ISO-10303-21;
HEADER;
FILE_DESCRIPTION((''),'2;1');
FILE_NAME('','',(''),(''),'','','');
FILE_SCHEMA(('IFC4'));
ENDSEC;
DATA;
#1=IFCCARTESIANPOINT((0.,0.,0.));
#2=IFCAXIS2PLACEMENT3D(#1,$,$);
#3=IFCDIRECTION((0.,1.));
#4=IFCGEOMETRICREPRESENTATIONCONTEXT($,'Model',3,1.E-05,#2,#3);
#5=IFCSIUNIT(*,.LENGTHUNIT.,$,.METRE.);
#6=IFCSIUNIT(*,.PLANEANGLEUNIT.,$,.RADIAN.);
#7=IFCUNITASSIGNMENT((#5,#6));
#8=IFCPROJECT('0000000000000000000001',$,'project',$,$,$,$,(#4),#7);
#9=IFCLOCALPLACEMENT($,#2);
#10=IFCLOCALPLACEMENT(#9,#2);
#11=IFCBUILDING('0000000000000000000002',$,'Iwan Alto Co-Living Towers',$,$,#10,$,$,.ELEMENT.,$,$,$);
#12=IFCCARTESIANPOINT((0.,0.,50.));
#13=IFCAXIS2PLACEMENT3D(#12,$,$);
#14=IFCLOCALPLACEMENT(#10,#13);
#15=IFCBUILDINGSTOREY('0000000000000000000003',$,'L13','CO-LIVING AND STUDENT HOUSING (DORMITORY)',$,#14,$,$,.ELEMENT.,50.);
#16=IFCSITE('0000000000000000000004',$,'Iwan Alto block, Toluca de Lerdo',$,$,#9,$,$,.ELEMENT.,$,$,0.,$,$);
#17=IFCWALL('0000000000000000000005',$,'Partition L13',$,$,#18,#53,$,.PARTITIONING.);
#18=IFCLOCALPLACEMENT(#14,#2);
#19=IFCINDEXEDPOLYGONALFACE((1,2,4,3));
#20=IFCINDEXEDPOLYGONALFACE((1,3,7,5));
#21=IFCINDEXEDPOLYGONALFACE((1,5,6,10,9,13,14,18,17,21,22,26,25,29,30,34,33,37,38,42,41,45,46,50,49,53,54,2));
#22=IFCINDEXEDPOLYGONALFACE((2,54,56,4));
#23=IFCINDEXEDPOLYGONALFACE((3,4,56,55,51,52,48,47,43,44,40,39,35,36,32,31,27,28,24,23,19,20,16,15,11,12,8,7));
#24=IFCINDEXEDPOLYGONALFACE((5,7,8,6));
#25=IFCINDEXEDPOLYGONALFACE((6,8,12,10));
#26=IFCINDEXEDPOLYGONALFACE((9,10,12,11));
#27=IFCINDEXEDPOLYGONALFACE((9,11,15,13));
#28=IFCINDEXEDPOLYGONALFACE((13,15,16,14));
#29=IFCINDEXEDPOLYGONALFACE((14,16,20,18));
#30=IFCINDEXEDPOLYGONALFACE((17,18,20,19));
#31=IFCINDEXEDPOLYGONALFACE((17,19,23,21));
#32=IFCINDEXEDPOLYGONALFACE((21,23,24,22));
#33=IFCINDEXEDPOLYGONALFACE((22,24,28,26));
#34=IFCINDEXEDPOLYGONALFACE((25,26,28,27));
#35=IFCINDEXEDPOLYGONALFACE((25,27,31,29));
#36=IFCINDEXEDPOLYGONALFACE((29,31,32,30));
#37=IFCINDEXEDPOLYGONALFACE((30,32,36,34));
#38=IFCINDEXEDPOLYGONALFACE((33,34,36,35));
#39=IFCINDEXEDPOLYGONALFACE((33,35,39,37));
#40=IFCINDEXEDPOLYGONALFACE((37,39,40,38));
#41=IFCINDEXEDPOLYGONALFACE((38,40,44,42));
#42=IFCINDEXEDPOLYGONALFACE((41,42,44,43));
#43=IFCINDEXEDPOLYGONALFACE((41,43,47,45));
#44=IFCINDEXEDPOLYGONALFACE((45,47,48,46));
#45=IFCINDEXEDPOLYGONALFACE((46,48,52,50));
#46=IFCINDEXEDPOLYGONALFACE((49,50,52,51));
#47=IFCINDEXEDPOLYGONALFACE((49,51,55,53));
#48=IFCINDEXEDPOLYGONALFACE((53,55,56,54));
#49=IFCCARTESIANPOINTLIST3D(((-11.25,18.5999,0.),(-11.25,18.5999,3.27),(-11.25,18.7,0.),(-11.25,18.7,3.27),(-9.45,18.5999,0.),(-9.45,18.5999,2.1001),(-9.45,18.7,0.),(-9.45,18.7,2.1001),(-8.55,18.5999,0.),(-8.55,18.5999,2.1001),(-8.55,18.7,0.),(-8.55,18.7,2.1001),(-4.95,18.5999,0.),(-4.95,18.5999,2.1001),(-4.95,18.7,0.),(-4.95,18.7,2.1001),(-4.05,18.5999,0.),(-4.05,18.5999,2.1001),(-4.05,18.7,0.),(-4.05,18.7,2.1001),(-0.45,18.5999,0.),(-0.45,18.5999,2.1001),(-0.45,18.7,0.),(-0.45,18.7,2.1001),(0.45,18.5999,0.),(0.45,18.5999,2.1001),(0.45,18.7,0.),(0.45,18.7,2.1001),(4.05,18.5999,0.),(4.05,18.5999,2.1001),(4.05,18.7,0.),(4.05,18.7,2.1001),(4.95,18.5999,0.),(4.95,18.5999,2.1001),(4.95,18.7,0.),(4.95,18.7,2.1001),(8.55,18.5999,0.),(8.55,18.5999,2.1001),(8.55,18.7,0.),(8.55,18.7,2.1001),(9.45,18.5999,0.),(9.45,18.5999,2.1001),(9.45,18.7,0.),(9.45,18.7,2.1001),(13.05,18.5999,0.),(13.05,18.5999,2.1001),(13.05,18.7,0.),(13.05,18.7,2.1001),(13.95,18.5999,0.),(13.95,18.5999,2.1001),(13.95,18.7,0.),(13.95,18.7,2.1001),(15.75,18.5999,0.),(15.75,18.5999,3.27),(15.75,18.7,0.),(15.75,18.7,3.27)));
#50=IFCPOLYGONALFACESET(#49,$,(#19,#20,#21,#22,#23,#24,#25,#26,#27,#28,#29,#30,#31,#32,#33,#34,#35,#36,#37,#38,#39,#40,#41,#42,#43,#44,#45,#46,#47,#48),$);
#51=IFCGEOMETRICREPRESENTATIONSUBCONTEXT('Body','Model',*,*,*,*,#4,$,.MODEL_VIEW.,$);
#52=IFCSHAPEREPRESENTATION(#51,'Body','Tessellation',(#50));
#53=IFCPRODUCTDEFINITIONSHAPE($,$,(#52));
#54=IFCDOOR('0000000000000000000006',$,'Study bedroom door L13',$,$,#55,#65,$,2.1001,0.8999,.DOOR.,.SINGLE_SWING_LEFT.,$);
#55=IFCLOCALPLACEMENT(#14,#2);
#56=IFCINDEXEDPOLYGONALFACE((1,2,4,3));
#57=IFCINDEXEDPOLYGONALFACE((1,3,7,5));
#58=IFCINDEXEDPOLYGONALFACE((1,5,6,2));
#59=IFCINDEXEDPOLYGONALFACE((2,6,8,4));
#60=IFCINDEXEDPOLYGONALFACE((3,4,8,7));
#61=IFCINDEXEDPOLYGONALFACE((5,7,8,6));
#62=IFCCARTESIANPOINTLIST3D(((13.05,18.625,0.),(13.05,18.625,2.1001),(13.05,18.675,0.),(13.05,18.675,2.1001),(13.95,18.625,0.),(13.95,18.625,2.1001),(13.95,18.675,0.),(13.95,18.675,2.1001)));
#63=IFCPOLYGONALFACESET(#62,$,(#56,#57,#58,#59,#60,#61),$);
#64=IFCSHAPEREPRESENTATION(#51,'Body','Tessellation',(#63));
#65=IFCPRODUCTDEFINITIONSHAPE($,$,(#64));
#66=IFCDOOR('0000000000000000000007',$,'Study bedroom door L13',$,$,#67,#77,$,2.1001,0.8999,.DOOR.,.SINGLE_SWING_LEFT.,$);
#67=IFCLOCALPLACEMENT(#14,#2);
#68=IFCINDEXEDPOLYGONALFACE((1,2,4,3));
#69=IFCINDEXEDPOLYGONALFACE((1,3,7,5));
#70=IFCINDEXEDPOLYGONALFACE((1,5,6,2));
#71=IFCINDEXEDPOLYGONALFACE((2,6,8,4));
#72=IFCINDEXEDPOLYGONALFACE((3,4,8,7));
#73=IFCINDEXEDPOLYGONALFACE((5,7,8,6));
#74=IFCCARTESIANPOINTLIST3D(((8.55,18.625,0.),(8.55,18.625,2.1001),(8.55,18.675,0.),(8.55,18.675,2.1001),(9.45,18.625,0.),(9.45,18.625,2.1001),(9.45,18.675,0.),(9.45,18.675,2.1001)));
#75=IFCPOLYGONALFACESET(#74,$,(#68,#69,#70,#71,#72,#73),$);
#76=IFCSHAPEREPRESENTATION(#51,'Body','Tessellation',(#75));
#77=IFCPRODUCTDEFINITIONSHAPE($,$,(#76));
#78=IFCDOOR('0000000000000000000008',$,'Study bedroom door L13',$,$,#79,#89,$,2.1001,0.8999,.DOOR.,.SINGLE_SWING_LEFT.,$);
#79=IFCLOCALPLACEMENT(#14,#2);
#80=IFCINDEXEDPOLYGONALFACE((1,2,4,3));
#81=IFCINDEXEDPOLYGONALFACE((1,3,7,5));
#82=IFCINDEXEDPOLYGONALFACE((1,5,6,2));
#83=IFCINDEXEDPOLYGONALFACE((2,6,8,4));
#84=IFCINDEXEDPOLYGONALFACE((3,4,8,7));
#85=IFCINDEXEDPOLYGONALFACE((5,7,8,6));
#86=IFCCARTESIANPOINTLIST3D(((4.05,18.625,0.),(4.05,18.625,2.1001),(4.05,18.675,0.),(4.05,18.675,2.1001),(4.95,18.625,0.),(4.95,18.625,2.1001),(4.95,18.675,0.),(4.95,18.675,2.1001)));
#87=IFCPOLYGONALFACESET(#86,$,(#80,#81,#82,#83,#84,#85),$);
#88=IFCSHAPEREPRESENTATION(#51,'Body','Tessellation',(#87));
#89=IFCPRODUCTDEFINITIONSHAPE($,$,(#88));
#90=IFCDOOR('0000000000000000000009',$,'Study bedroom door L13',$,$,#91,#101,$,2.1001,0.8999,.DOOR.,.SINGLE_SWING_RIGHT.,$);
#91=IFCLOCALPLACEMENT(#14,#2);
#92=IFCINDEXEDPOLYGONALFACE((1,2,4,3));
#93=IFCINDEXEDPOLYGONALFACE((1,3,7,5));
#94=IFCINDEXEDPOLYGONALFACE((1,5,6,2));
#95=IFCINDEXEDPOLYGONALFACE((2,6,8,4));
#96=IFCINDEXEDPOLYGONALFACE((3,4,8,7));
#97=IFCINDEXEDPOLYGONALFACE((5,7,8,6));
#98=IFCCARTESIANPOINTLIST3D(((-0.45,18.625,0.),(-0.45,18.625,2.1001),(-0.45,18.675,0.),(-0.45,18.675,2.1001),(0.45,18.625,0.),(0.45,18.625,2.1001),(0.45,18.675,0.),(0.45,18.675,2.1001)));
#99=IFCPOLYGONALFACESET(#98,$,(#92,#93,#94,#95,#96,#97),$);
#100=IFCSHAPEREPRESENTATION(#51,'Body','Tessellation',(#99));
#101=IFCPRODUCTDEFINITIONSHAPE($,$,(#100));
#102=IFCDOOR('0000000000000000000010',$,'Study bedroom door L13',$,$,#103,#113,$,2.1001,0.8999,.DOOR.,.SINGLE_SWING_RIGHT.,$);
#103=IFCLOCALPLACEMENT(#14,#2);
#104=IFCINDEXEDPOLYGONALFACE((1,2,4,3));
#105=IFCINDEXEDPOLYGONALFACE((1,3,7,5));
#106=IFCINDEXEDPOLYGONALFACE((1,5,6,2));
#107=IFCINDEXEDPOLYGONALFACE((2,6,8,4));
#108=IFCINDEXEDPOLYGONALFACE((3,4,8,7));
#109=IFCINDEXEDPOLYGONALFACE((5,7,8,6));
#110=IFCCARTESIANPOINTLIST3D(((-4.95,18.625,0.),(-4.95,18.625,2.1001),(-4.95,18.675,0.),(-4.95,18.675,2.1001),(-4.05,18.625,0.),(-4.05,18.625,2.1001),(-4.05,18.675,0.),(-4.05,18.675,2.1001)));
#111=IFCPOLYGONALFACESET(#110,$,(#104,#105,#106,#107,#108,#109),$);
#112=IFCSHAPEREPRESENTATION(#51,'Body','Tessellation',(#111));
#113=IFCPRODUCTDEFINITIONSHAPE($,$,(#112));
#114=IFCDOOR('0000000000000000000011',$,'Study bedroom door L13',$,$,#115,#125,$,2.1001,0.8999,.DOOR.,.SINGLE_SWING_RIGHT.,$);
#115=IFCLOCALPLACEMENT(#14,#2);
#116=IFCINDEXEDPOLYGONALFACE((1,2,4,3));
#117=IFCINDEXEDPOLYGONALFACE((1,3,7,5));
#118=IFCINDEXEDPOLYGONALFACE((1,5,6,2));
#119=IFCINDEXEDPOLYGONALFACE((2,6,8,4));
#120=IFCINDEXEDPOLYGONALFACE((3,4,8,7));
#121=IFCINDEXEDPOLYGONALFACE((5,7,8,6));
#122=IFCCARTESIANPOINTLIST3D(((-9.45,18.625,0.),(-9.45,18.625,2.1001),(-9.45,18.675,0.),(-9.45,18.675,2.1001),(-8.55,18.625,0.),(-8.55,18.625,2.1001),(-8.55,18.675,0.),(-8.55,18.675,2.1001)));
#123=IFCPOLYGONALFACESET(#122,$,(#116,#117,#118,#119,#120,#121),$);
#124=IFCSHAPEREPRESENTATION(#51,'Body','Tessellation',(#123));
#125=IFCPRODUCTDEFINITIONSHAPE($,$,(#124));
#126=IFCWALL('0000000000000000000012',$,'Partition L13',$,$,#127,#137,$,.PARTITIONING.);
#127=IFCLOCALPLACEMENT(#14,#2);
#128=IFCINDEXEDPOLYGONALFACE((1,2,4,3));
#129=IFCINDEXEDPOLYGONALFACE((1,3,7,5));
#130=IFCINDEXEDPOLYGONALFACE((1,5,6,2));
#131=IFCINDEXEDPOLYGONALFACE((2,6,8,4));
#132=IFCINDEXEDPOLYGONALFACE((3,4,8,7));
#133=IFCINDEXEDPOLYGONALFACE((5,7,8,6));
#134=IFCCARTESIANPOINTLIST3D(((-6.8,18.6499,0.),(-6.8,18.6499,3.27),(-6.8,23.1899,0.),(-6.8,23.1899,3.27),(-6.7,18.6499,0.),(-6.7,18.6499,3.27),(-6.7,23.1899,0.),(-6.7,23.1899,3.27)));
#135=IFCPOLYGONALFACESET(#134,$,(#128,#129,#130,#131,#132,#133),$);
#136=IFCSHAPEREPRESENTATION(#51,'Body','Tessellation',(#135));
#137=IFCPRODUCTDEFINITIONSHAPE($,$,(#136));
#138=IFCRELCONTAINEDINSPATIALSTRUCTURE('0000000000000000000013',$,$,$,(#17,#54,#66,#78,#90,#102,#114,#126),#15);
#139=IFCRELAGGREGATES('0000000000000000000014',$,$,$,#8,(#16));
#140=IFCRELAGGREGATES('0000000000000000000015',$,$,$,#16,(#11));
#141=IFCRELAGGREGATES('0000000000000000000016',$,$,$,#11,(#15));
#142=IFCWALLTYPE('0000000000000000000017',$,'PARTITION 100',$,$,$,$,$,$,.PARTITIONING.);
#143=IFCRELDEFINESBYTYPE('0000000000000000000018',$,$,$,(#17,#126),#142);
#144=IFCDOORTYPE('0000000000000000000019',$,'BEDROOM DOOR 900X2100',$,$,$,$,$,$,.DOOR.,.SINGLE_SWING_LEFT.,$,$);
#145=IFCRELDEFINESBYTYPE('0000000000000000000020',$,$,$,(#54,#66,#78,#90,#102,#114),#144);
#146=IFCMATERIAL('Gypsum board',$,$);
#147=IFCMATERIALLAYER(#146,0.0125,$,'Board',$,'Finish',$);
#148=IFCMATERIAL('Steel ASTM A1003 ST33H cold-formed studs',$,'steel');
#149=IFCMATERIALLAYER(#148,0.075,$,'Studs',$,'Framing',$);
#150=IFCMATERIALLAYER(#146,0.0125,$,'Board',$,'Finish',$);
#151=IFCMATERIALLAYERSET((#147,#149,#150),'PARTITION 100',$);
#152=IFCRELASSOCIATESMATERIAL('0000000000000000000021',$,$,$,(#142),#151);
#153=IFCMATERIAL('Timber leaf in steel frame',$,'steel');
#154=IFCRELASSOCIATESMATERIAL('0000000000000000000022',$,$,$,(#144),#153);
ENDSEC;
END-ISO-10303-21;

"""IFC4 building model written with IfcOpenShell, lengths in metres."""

from ifc_helpers import new_model, si_unit, direction, frame, frame_2d, origin, place, context, subcontext, project, spatial, rectangle, extrude, material, layer, layer_set, type_object, element, fill, save


model = new_model("IFC4")

# Units and contexts
model_context = context("Model", 3, precision=1e-05, world=origin(), true_north=direction((0.0, 1.0)))
body_context = subcontext(model_context, "Body", "Model", "MODEL_VIEW")
ifc_project = project(units=[si_unit("LENGTHUNIT", "METRE"), si_unit("PLANEANGLEUNIT", "RADIAN")], contexts=[model_context])

# Site, building, storey
site_placement = place(None, origin())
site = spatial("IfcSite", under=ifc_project, at=site_placement, Name="Iwan Alto block, Toluca de Lerdo", CompositionType="ELEMENT", RefElevation=0.0)
building_placement = place(site_placement, origin())
building = spatial("IfcBuilding", under=site, at=building_placement, Name="Iwan Alto Co-Living Towers", CompositionType="ELEMENT")
storey_placement = place(building_placement, frame((0.0, 0.0, 50.0)))
storey = spatial("IfcBuildingStorey", under=building, at=storey_placement, Name="L13", Description="CO-LIVING AND STUDENT HOUSING (DORMITORY)", CompositionType="ELEMENT", Elevation=50.0)

# Shared definitions
ifc_material_1 = material(Name="Gypsum board")
ifc_layer_1 = layer(ifc_material_1, 0.0125, Name="Board", Category="Finish")
ifc_material_2 = material(Name="Steel ASTM A1003 ST33H cold-formed studs", Category="steel")
ifc_layer_2 = layer(ifc_material_2, 0.075, Name="Studs", Category="Framing")
ifc_layer_3 = layer(ifc_material_1, 0.0125, Name="Board", Category="Finish")
ifc_layer_set_1 = layer_set([ifc_layer_1, ifc_layer_2, ifc_layer_3], Name="PARTITION 100")
wall_type_1 = type_object("IfcWallType", Name="PARTITION 100", PredefinedType="PARTITIONING", material=ifc_layer_set_1)

# Wall, openings, doors
wall_1_placement = place(storey_placement, frame((-11.25, 18.6499, 0.0), z_axis=(0.0, 0.0, 1.0), x_axis=(1.0, 0.0, 0.0)))
wall_1 = element("IfcWall", 1, at=wall_1_placement, inside=storey, type_object=wall_type_1, Name="Partition L13", PredefinedType="PARTITIONING", context=body_context, shape_type="SweptSolid", body=[
    extrude(rectangle(XDim=27.0, YDim=0.1001, at=frame_2d((13.5, 0.0))), origin(), (0.0, 0.0, 1.0), 3.27),
])
opening_1_placement = place(wall_1_placement, frame((24.3, 0.0, 0.0)))
opening_1 = element("IfcOpeningElement", 2, at=opening_1_placement, cuts=wall_1, PredefinedType="OPENING", context=body_context, shape_type="SweptSolid", body=[
    extrude(rectangle(XDim=0.8999, YDim=2.1001, at=frame_2d((0.45, 1.05))), frame((0.0, 0.0601, 0.0), z_axis=(0.0, -1.0, 0.0), x_axis=(1.0, 0.0, 0.0)), (0.0, 0.0, 1.0), 0.1201),
])
opening_2_placement = place(wall_1_placement, frame((19.8, 0.0, 0.0)))
opening_2 = element("IfcOpeningElement", 3, at=opening_2_placement, cuts=wall_1, PredefinedType="OPENING", context=body_context, shape_type="SweptSolid", body=[
    extrude(rectangle(XDim=0.8999, YDim=2.1001, at=frame_2d((0.45, 1.05))), frame((0.0, 0.0601, 0.0), z_axis=(0.0, -1.0, 0.0), x_axis=(1.0, 0.0, 0.0)), (0.0, 0.0, 1.0), 0.1201),
])
opening_3_placement = place(wall_1_placement, frame((15.3, 0.0, 0.0)))
opening_3 = element("IfcOpeningElement", 4, at=opening_3_placement, cuts=wall_1, PredefinedType="OPENING", context=body_context, shape_type="SweptSolid", body=[
    extrude(rectangle(XDim=0.8999, YDim=2.1001, at=frame_2d((0.45, 1.05))), frame((0.0, 0.0601, 0.0), z_axis=(0.0, -1.0, 0.0), x_axis=(1.0, 0.0, 0.0)), (0.0, 0.0, 1.0), 0.1201),
])
opening_4_placement = place(wall_1_placement, frame((10.8, 0.0, 0.0)))
opening_4 = element("IfcOpeningElement", 5, at=opening_4_placement, cuts=wall_1, PredefinedType="OPENING", context=body_context, shape_type="SweptSolid", body=[
    extrude(rectangle(XDim=0.8999, YDim=2.1001, at=frame_2d((0.45, 1.05))), frame((0.0, 0.0601, 0.0), z_axis=(0.0, -1.0, 0.0), x_axis=(1.0, 0.0, 0.0)), (0.0, 0.0, 1.0), 0.1201),
])
opening_5_placement = place(wall_1_placement, frame((6.3, 0.0, 0.0)))
opening_5 = element("IfcOpeningElement", 6, at=opening_5_placement, cuts=wall_1, PredefinedType="OPENING", context=body_context, shape_type="SweptSolid", body=[
    extrude(rectangle(XDim=0.8999, YDim=2.1001, at=frame_2d((0.45, 1.05))), frame((0.0, 0.0601, 0.0), z_axis=(0.0, -1.0, 0.0), x_axis=(1.0, 0.0, 0.0)), (0.0, 0.0, 1.0), 0.1201),
])
opening_6_placement = place(wall_1_placement, frame((1.8, 0.0, 0.0)))
opening_6 = element("IfcOpeningElement", 7, at=opening_6_placement, cuts=wall_1, PredefinedType="OPENING", context=body_context, shape_type="SweptSolid", body=[
    extrude(rectangle(XDim=0.8999, YDim=2.1001, at=frame_2d((0.45, 1.05))), frame((0.0, 0.0601, 0.0), z_axis=(0.0, -1.0, 0.0), x_axis=(1.0, 0.0, 0.0)), (0.0, 0.0, 1.0), 0.1201),
])
ifc_material_3 = material(Name="Timber leaf in steel frame", Category="steel")
door_type_1 = type_object("IfcDoorType", Name="BEDROOM DOOR 900X2100", OperationType="SINGLE_SWING_LEFT", PredefinedType="DOOR", material=ifc_material_3)
door_1_placement = place(opening_1_placement, frame((0.8999, 0.0, 0.0), z_axis=(0.0, 0.0, 1.0), x_axis=(-1.0, 0.0, 0.0)))
door_1 = element("IfcDoor", 8, at=door_1_placement, inside=storey, type_object=door_type_1, Name="Study bedroom door L13", OperationType="SINGLE_SWING_LEFT", OverallHeight=2.1001, OverallWidth=0.8999, PredefinedType="DOOR", context=body_context, shape_type="SweptSolid", body=[
    extrude(rectangle(XDim=0.8999, YDim=2.1001, at=frame_2d((0.45, 1.05))), frame((0.0, 0.0249, 0.0), z_axis=(0.0, -1.0, 0.0), x_axis=(1.0, 0.0, 0.0)), (0.0, 0.0, 1.0), 0.05),
])
fill(opening_1, door_1)
door_2_placement = place(opening_2_placement, frame((0.8999, 0.0, 0.0), z_axis=(0.0, 0.0, 1.0), x_axis=(-1.0, 0.0, 0.0)))
door_2 = element("IfcDoor", 9, at=door_2_placement, inside=storey, type_object=door_type_1, Name="Study bedroom door L13", OperationType="SINGLE_SWING_LEFT", OverallHeight=2.1001, OverallWidth=0.8999, PredefinedType="DOOR", context=body_context, shape_type="SweptSolid", body=[
    extrude(rectangle(XDim=0.8999, YDim=2.1001, at=frame_2d((0.45, 1.05))), frame((0.0, 0.0249, 0.0), z_axis=(0.0, -1.0, 0.0), x_axis=(1.0, 0.0, 0.0)), (0.0, 0.0, 1.0), 0.05),
])
fill(opening_2, door_2)
door_3_placement = place(opening_3_placement, frame((0.8999, 0.0, 0.0), z_axis=(0.0, 0.0, 1.0), x_axis=(-1.0, 0.0, 0.0)))
door_3 = element("IfcDoor", 10, at=door_3_placement, inside=storey, type_object=door_type_1, Name="Study bedroom door L13", OperationType="SINGLE_SWING_LEFT", OverallHeight=2.1001, OverallWidth=0.8999, PredefinedType="DOOR", context=body_context, shape_type="SweptSolid", body=[
    extrude(rectangle(XDim=0.8999, YDim=2.1001, at=frame_2d((0.45, 1.05))), frame((0.0, 0.0249, 0.0), z_axis=(0.0, -1.0, 0.0), x_axis=(1.0, 0.0, 0.0)), (0.0, 0.0, 1.0), 0.05),
])
fill(opening_3, door_3)
door_4_placement = place(opening_4_placement, frame((0.8999, 0.0, 0.0), z_axis=(0.0, 0.0, 1.0), x_axis=(-1.0, 0.0, 0.0)))
door_4 = element("IfcDoor", 11, at=door_4_placement, inside=storey, type_object=door_type_1, Name="Study bedroom door L13", OperationType="SINGLE_SWING_RIGHT", OverallHeight=2.1001, OverallWidth=0.8999, PredefinedType="DOOR", context=body_context, shape_type="SweptSolid", body=[
    extrude(rectangle(XDim=0.8999, YDim=2.1001, at=frame_2d((0.45, 1.05))), frame((0.0, 0.0249, 0.0), z_axis=(0.0, -1.0, 0.0), x_axis=(1.0, 0.0, 0.0)), (0.0, 0.0, 1.0), 0.05),
])
fill(opening_4, door_4)
door_5_placement = place(opening_5_placement, frame((0.8999, 0.0, 0.0), z_axis=(0.0, 0.0, 1.0), x_axis=(-1.0, 0.0, 0.0)))
door_5 = element("IfcDoor", 12, at=door_5_placement, inside=storey, type_object=door_type_1, Name="Study bedroom door L13", OperationType="SINGLE_SWING_RIGHT", OverallHeight=2.1001, OverallWidth=0.8999, PredefinedType="DOOR", context=body_context, shape_type="SweptSolid", body=[
    extrude(rectangle(XDim=0.8999, YDim=2.1001, at=frame_2d((0.45, 1.05))), frame((0.0, 0.0249, 0.0), z_axis=(0.0, -1.0, 0.0), x_axis=(1.0, 0.0, 0.0)), (0.0, 0.0, 1.0), 0.05),
])
fill(opening_5, door_5)
door_6_placement = place(opening_6_placement, frame((0.8999, 0.0, 0.0), z_axis=(0.0, 0.0, 1.0), x_axis=(-1.0, 0.0, 0.0)))
door_6 = element("IfcDoor", 13, at=door_6_placement, inside=storey, type_object=door_type_1, Name="Study bedroom door L13", OperationType="SINGLE_SWING_RIGHT", OverallHeight=2.1001, OverallWidth=0.8999, PredefinedType="DOOR", context=body_context, shape_type="SweptSolid", body=[
    extrude(rectangle(XDim=0.8999, YDim=2.1001, at=frame_2d((0.45, 1.05))), frame((0.0, 0.0249, 0.0), z_axis=(0.0, -1.0, 0.0), x_axis=(1.0, 0.0, 0.0)), (0.0, 0.0, 1.0), 0.05),
])
fill(opening_6, door_6)

# Wall
wall_2_placement = place(storey_placement, frame((-6.75, 18.6499, 0.0), z_axis=(0.0, 0.0, 1.0), x_axis=(0.0, 1.0, 0.0)))
element("IfcWall", 14, at=wall_2_placement, inside=storey, type_object=wall_type_1, Name="Partition L13", PredefinedType="PARTITIONING", context=body_context, shape_type="SweptSolid", body=[
    extrude(rectangle(XDim=4.54, YDim=0.1001, at=frame_2d((2.27, 0.0))), origin(), (0.0, 0.0, 1.0), 3.27),
])

save(model, "model.ifc")
